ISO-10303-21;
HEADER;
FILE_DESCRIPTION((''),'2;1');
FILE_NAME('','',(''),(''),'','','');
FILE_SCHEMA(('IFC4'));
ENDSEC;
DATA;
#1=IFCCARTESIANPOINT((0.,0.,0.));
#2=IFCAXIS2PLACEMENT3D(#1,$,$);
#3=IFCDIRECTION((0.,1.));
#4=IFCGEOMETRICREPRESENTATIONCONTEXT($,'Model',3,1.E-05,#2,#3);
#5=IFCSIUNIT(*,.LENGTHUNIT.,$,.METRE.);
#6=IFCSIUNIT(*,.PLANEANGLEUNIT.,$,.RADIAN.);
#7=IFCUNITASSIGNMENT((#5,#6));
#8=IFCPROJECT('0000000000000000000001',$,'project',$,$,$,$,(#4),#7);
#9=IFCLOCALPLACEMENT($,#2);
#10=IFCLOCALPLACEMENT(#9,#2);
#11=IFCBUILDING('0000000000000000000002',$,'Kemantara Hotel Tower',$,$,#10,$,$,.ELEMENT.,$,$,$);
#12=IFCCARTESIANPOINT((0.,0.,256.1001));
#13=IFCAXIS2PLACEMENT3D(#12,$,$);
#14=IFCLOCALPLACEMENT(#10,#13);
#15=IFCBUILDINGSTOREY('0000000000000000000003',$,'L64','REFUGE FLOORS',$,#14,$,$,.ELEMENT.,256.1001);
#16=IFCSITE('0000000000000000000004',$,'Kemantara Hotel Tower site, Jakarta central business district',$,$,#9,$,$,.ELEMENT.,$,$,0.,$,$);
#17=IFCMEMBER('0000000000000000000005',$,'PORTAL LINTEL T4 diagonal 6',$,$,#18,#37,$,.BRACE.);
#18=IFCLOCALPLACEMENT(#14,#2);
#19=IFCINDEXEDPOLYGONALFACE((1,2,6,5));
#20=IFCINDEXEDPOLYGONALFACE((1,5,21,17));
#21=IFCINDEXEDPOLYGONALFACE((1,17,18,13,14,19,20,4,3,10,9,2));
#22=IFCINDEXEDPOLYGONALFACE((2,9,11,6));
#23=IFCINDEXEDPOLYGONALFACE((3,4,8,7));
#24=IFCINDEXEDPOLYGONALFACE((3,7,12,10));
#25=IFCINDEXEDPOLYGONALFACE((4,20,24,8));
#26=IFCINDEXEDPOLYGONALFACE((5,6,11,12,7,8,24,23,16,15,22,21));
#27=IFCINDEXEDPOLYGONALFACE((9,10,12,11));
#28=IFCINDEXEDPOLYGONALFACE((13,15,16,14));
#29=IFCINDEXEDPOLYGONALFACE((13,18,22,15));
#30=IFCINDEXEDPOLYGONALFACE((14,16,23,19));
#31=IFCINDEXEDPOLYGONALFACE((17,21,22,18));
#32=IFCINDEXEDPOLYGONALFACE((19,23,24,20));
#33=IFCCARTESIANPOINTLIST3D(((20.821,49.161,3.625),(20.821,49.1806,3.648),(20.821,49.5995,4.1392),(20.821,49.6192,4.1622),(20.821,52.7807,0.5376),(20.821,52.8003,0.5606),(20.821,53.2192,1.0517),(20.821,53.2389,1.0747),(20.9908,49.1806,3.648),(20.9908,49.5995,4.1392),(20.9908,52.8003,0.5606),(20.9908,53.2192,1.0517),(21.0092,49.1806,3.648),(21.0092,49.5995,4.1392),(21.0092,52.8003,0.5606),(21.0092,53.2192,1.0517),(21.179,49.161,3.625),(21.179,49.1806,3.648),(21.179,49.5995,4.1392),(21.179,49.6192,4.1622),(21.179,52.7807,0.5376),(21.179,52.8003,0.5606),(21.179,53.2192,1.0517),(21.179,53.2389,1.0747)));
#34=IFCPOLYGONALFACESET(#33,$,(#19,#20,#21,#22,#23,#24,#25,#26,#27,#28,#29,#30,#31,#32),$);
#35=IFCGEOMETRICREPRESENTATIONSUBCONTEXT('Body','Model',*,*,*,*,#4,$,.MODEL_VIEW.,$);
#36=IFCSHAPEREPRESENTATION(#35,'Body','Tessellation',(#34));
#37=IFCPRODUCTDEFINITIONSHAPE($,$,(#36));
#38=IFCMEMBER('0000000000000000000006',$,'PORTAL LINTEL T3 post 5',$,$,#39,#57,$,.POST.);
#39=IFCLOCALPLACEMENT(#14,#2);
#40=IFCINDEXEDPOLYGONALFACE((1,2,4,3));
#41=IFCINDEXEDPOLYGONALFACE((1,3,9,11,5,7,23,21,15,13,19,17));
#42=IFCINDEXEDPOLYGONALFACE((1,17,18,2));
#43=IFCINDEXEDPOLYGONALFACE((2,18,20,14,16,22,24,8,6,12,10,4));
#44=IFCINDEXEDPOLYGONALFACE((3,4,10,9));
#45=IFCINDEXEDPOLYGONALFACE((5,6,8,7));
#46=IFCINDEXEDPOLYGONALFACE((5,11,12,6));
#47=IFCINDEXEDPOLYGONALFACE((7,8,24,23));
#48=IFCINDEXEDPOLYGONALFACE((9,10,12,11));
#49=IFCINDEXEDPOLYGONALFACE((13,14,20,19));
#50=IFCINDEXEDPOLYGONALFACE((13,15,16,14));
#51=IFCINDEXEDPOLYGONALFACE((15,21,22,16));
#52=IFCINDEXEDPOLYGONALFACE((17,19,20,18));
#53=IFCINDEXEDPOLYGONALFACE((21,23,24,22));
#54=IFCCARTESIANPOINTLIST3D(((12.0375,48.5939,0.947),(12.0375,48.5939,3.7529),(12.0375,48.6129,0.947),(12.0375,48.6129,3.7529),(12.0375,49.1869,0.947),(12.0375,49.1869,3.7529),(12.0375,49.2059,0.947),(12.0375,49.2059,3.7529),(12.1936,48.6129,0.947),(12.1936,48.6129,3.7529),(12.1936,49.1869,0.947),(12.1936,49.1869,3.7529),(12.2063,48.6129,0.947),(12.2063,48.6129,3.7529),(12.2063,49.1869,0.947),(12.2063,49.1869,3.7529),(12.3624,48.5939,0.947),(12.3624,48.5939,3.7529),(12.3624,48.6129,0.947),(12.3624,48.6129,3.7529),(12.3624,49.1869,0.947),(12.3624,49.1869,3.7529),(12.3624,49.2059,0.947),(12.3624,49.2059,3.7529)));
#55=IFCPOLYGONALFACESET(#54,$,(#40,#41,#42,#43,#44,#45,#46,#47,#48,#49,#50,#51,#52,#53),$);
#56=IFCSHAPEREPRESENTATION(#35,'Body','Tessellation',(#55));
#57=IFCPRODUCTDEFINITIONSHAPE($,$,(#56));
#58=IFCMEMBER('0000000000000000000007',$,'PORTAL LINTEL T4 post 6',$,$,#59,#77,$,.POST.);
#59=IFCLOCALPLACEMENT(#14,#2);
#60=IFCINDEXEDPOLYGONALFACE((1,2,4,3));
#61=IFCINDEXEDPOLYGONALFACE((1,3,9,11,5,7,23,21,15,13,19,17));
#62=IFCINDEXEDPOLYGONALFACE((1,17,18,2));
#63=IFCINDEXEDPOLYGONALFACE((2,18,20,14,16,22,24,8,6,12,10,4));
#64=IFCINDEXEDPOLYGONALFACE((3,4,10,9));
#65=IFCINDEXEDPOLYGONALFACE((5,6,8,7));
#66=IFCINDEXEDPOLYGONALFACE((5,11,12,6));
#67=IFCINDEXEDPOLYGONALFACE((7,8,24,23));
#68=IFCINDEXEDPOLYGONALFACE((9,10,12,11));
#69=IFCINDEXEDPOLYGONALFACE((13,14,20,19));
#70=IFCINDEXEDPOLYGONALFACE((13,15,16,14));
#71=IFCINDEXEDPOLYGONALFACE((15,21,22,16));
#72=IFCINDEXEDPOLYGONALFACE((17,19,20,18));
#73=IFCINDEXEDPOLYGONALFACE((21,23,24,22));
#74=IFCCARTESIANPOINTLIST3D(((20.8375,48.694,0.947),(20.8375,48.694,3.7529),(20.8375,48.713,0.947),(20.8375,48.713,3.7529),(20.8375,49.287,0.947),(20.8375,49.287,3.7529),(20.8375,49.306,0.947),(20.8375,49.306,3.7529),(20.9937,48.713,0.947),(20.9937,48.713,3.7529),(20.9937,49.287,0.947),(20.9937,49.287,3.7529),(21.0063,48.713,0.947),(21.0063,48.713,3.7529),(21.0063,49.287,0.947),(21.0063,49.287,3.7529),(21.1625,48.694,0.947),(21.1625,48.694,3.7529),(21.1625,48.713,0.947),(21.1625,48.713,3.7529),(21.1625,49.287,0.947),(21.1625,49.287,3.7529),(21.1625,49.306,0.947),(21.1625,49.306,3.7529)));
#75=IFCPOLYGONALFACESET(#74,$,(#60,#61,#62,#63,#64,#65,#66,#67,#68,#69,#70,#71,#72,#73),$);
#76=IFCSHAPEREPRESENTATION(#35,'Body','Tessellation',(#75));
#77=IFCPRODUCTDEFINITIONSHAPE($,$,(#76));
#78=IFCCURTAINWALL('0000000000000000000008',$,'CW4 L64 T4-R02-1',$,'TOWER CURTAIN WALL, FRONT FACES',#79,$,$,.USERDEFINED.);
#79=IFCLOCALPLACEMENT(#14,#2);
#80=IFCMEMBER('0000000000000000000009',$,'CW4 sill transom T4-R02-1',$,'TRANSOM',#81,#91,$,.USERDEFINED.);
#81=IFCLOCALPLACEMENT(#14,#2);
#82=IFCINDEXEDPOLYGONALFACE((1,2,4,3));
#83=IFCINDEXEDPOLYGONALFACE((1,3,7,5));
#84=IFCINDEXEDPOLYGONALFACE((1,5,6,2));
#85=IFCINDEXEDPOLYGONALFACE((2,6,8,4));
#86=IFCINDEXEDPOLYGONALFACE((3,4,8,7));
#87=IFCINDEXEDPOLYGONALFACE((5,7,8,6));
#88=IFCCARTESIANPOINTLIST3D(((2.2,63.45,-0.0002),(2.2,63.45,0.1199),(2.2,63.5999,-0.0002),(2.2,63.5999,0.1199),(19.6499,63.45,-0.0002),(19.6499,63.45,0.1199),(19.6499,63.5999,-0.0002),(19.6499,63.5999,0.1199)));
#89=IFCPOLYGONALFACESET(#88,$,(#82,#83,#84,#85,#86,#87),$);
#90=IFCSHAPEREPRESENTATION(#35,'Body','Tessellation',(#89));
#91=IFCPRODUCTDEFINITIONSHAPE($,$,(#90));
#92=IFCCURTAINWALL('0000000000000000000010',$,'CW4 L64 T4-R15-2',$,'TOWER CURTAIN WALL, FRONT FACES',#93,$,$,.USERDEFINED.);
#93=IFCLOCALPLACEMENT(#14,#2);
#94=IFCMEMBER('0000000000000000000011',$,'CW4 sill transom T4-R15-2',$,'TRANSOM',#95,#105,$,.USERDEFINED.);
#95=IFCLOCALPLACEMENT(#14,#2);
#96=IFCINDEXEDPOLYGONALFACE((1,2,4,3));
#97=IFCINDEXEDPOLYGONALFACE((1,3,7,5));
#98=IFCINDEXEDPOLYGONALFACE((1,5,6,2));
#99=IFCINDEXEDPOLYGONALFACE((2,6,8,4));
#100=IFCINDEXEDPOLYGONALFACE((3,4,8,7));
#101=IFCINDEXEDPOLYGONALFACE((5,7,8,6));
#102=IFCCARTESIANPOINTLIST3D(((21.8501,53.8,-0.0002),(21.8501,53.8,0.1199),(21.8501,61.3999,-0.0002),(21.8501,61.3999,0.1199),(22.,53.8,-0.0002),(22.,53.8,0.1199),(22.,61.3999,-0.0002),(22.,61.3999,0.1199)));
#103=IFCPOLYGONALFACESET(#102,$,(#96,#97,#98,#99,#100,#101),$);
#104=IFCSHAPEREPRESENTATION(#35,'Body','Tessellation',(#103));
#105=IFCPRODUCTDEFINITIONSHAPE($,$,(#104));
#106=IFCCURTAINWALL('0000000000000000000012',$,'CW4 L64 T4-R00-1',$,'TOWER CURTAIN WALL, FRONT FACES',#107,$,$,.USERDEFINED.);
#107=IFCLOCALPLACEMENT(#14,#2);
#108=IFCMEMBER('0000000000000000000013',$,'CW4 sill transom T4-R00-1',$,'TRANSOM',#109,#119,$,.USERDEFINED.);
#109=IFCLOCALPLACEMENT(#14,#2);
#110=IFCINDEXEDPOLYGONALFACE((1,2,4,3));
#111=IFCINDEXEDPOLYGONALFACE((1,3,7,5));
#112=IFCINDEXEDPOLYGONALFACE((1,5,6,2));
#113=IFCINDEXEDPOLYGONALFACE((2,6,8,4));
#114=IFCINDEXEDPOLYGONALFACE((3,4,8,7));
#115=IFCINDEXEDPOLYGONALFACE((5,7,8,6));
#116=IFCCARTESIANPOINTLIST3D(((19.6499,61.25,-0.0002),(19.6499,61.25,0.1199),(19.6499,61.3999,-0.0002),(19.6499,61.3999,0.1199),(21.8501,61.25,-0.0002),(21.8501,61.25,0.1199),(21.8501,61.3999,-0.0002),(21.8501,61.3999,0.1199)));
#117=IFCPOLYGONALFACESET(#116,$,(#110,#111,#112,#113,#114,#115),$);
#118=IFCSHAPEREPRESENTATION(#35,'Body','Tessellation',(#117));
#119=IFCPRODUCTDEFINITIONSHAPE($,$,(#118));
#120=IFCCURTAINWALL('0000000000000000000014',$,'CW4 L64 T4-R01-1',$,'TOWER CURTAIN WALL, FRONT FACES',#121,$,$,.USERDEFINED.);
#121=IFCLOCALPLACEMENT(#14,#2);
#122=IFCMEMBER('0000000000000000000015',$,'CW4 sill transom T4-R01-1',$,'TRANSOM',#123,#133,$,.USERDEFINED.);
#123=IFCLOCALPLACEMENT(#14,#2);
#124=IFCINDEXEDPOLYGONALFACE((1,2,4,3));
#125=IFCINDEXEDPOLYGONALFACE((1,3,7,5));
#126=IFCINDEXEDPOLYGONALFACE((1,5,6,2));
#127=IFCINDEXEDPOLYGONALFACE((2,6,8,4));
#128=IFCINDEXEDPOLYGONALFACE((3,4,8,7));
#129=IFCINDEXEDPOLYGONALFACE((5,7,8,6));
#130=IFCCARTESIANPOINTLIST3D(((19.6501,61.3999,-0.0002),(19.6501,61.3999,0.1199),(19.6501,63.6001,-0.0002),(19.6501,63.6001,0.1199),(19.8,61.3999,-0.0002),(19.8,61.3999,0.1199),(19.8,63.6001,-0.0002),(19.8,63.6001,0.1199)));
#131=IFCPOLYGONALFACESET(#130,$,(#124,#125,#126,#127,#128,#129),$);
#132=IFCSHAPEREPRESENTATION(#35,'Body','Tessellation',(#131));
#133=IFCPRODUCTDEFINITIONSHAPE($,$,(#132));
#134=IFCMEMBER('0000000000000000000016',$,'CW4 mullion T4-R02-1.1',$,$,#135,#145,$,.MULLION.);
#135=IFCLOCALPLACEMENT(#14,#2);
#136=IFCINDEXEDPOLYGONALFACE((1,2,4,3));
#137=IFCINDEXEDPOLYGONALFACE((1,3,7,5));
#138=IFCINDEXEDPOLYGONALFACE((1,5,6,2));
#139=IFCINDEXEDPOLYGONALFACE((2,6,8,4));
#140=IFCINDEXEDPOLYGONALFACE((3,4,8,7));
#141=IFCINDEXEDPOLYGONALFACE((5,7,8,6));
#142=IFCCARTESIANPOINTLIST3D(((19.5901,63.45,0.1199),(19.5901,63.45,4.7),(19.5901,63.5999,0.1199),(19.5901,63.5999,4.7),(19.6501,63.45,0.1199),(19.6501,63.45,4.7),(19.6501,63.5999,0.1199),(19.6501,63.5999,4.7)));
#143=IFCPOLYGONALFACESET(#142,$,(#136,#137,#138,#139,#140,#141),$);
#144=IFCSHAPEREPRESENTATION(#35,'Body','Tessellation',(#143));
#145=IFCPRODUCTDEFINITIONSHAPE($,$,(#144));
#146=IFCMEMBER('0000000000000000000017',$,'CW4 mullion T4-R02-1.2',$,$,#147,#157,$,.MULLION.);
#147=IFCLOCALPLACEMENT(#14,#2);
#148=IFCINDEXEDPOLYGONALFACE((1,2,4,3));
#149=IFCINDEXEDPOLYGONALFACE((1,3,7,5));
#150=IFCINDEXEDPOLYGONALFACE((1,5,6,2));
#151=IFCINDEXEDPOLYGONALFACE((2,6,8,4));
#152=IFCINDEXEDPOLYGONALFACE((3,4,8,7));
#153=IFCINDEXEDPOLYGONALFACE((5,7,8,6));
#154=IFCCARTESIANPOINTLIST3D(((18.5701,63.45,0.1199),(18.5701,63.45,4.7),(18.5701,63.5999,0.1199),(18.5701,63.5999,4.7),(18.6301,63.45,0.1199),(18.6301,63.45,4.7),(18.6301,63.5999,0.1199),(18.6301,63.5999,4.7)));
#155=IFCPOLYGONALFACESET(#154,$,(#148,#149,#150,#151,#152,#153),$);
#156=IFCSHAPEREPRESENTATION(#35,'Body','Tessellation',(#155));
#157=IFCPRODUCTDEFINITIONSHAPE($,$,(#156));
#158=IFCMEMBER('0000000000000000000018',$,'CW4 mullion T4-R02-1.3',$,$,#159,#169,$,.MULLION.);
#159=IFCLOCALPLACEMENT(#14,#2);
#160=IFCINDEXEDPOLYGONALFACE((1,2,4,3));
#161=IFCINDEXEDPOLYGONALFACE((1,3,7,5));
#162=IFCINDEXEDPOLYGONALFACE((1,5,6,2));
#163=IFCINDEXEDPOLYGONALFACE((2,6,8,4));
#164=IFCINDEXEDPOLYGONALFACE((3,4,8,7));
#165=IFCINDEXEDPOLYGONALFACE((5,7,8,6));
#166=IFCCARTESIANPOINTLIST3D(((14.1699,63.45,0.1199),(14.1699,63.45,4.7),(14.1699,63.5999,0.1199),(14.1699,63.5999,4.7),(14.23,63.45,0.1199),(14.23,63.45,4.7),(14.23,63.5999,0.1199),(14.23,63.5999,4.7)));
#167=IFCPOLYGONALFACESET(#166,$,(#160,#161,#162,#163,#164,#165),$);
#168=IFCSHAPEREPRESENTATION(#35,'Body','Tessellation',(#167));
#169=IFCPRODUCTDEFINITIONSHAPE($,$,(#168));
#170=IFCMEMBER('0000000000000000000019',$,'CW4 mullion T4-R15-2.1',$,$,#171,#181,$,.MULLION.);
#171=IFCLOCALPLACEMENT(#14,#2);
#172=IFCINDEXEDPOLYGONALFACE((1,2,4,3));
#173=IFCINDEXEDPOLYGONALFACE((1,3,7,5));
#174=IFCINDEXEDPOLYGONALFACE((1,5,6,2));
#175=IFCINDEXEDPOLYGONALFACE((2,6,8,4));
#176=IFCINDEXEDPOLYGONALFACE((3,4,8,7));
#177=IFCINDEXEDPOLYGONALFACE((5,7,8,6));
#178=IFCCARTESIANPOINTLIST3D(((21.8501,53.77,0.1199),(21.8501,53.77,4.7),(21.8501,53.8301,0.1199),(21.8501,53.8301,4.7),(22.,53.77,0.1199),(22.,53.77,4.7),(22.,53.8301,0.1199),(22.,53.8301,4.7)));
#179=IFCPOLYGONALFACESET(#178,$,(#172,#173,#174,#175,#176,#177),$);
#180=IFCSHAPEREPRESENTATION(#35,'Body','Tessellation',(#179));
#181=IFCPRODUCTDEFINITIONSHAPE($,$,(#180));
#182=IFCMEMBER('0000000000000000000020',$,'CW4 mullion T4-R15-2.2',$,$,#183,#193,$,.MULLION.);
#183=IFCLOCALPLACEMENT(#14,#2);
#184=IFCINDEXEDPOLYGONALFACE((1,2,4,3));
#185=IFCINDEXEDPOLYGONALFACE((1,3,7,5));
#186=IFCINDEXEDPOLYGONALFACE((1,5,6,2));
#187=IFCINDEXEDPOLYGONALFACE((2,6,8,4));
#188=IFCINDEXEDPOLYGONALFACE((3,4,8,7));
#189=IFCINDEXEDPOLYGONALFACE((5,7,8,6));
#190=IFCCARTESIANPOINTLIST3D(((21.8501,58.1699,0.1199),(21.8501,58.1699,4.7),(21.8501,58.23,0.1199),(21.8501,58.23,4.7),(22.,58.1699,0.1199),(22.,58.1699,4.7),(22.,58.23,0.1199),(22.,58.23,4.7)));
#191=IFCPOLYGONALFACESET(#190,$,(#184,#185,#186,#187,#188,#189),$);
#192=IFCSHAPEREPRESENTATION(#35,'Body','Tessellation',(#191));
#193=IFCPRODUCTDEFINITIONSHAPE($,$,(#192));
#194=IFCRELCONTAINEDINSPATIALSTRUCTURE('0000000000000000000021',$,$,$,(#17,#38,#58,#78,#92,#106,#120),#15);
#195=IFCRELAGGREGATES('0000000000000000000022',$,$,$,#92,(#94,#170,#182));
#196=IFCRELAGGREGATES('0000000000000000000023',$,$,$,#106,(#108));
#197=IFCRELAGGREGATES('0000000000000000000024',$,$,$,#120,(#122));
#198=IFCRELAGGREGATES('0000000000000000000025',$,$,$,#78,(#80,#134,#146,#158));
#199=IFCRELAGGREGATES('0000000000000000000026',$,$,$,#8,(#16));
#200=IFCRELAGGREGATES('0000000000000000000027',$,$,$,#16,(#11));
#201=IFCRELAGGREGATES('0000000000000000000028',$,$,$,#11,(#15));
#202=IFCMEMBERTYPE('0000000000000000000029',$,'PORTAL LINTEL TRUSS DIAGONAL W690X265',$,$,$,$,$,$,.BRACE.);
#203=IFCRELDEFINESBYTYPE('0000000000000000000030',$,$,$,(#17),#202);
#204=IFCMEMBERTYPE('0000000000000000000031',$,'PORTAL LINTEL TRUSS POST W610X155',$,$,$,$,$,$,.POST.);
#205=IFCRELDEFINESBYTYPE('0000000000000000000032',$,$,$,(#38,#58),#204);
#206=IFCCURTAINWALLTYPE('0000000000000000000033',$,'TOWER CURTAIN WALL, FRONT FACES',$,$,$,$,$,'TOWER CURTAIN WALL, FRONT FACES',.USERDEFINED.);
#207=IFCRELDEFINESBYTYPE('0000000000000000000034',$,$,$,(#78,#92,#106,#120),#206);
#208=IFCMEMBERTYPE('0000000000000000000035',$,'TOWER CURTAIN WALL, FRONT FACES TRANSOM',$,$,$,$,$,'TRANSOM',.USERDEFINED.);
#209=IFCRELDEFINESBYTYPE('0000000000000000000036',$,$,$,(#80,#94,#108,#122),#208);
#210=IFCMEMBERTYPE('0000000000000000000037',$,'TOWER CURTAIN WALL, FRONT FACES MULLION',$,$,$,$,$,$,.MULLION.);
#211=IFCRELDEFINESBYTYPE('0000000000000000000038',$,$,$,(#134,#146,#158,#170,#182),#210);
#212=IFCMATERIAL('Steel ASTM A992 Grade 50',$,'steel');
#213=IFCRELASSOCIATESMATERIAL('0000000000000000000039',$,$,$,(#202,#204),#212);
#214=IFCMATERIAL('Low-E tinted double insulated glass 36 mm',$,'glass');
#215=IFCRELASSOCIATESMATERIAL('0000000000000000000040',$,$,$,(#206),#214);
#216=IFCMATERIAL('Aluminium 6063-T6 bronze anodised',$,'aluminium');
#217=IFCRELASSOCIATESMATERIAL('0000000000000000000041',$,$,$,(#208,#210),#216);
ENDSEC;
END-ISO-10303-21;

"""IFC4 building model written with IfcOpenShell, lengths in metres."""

from ifc_helpers import new_model, si_unit, direction, frame, origin, origin_2d, place, context, subcontext, project, spatial, rectangle, i_section, extrude, source, transform, mapped, material, material_profile, profile_set, type_object, element, aggregate, save


model = new_model("IFC4")

# Units and contexts
model_context = context("Model", 3, precision=1e-05, world=origin(), true_north=direction((0.0, 1.0)))
body_context = subcontext(model_context, "Body", "Model", "MODEL_VIEW")
ifc_project = project(units=[si_unit("LENGTHUNIT", "METRE"), si_unit("PLANEANGLEUNIT", "RADIAN")], contexts=[model_context])

# Site, building, storey
site_placement = place(None, origin())
site = spatial("IfcSite", under=ifc_project, at=site_placement, Name="Kemantara Hotel Tower site, Jakarta central business district", CompositionType="ELEMENT", RefElevation=0.0)
building_placement = place(site_placement, origin())
building = spatial("IfcBuilding", under=site, at=building_placement, Name="Kemantara Hotel Tower", CompositionType="ELEMENT")
storey_placement = place(building_placement, frame((0.0, 0.0, 256.1001)))
storey = spatial("IfcBuildingStorey", under=building, at=storey_placement, Name="L64", Description="REFUGE FLOORS", CompositionType="ELEMENT", Elevation=256.1001)

# Shared definitions
ifc_material_1 = material(Name="Steel ASTM A992 Grade 50", Category="steel")

# Members
ifc_material_profile_1 = material_profile(ifc_material_1, i_section(OverallWidth=0.3579, OverallDepth=0.7061, WebThickness=0.0183, FlangeThickness=0.0303, at=origin_2d()), Name="W690X265")
ifc_profile_set_1 = profile_set([ifc_material_profile_1], Name="Steel ASTM A992 Grade 50")
member_type_1 = type_object("IfcMemberType", Name="PORTAL LINTEL TRUSS DIAGONAL W690X265", PredefinedType="BRACE", material=ifc_profile_set_1)
member_1_placement = place(storey_placement, frame((21.0, 53.0098, 0.8062), z_axis=(0.0, -0.760826, 0.648955), x_axis=(1.0, 0.0, 0.0)))
element("IfcMember", 1, at=member_1_placement, inside=storey, type_object=member_type_1, Name="PORTAL LINTEL T4 diagonal 6", PredefinedType="BRACE", context=body_context, shape_type="SweptSolid", body=[
    extrude(i_section(OverallWidth=0.3579, OverallDepth=0.7061, WebThickness=0.0183, FlangeThickness=0.0303, at=origin_2d()), origin(), (0.0, 0.0, 1.0), 4.7576),
])
ifc_material_profile_2 = material_profile(ifc_material_1, i_section(OverallWidth=0.325, OverallDepth=0.6121, WebThickness=0.0127, FlangeThickness=0.019, at=origin_2d()), Name="W610X155")
ifc_profile_set_2 = profile_set([ifc_material_profile_2], Name="Steel ASTM A992 Grade 50")
member_type_2 = type_object("IfcMemberType", Name="PORTAL LINTEL TRUSS POST W610X155", PredefinedType="POST", material=ifc_profile_set_2)
for number, where, z_axis, x_axis, name in (
    (2, (12.2, 48.8999, 0.947), (0.0, 0.0, 1.0), (1.0, 0.0, 0.0), "PORTAL LINTEL T3 post 5"),
    (3, (21.0, 49.0, 0.947), (0.0, 0.0, 1.0), (1.0, 0.0, 0.0), "PORTAL LINTEL T4 post 6"),
):
    element("IfcMember", number, at=place(storey_placement, frame(where, z_axis=z_axis, x_axis=x_axis)), inside=storey, type_object=member_type_2, Name=name, PredefinedType="POST", context=body_context, shape_type="SweptSolid", body=[
        extrude(i_section(OverallWidth=0.325, OverallDepth=0.6121, WebThickness=0.0127, FlangeThickness=0.019, at=origin_2d()), origin(), (0.0, 0.0, 1.0), 2.8059),
    ])

# Curtain walls, members
ifc_material_2 = material(Name="Low-E tinted double insulated glass 36 mm", Category="glass")
curtain_wall_type = type_object("IfcCurtainWallType", Name="TOWER CURTAIN WALL, FRONT FACES", ElementType="TOWER CURTAIN WALL, FRONT FACES", PredefinedType="USERDEFINED", material=ifc_material_2)
curtain_wall_1_placement = place(storey_placement, origin())
curtain_wall_1 = element("IfcCurtainWall", 4, at=curtain_wall_1_placement, inside=storey, type_object=curtain_wall_type, Name="CW4 L64 T4-R02-1", ObjectType="TOWER CURTAIN WALL, FRONT FACES", PredefinedType="USERDEFINED")
ifc_material_3 = material(Name="Aluminium 6063-T6 bronze anodised", Category="aluminium")
ifc_material_profile_3 = material_profile(ifc_material_3, rectangle(XDim=0.1499, YDim=0.1201, at=origin_2d()), Name="TOWER CURTAIN WALL, FRONT FACES TRANSOM")
ifc_profile_set_3 = profile_set([ifc_material_profile_3], Name="Aluminium 6063-T6 bronze anodised")
member_type_3 = type_object("IfcMemberType", Name="TOWER CURTAIN WALL, FRONT FACES TRANSOM", ElementType="TRANSOM", PredefinedType="USERDEFINED", material=ifc_profile_set_3)
member_2_placement = place(storey_placement, frame((19.6499, 63.5249, 0.0598), z_axis=(-1.0, 0.0, 0.0), x_axis=(0.0, -1.0, 0.0)))
member_2 = element("IfcMember", 5, at=member_2_placement, type_object=member_type_3, Name="CW4 sill transom T4-R02-1", ObjectType="TRANSOM", PredefinedType="USERDEFINED", context=body_context, shape_type="SweptSolid", body=[
    extrude(rectangle(XDim=0.1499, YDim=0.1201, at=origin_2d()), origin(), (0.0, 0.0, 1.0), 17.45),
])
curtain_wall_2_placement = place(storey_placement, origin())
curtain_wall_2 = element("IfcCurtainWall", 6, at=curtain_wall_2_placement, inside=storey, type_object=curtain_wall_type, Name="CW4 L64 T4-R15-2", ObjectType="TOWER CURTAIN WALL, FRONT FACES", PredefinedType="USERDEFINED")
member_3_placement = place(storey_placement, frame((21.925, 53.8, 0.0598), z_axis=(0.0, 1.0, 0.0), x_axis=(-1.0, 0.0, 0.0)))
member_3 = element("IfcMember", 7, at=member_3_placement, type_object=member_type_3, Name="CW4 sill transom T4-R15-2", ObjectType="TRANSOM", PredefinedType="USERDEFINED", context=body_context, shape_type="SweptSolid", body=[
    extrude(rectangle(XDim=0.1499, YDim=0.1201, at=origin_2d()), origin(), (0.0, 0.0, 1.0), 7.5999),
])
curtain_wall_3_placement = place(storey_placement, origin())
curtain_wall_3 = element("IfcCurtainWall", 8, at=curtain_wall_3_placement, inside=storey, type_object=curtain_wall_type, Name="CW4 L64 T4-R00-1", ObjectType="TOWER CURTAIN WALL, FRONT FACES", PredefinedType="USERDEFINED")
member_4_placement = place(storey_placement, frame((21.8501, 61.325, 0.0598), z_axis=(-1.0, 0.0, 0.0), x_axis=(0.0, -1.0, 0.0)))
member_4 = element("IfcMember", 9, at=member_4_placement, type_object=member_type_3, Name="CW4 sill transom T4-R00-1", ObjectType="TRANSOM", PredefinedType="USERDEFINED", context=body_context, shape_type="SweptSolid", body=[
    extrude(rectangle(XDim=0.1499, YDim=0.1201, at=origin_2d()), origin(), (0.0, 0.0, 1.0), 2.2002),
])
curtain_wall_4_placement = place(storey_placement, origin())
curtain_wall_4 = element("IfcCurtainWall", 10, at=curtain_wall_4_placement, inside=storey, type_object=curtain_wall_type, Name="CW4 L64 T4-R01-1", ObjectType="TOWER CURTAIN WALL, FRONT FACES", PredefinedType="USERDEFINED")
member_5_placement = place(storey_placement, frame((19.7251, 61.3999, 0.0598), z_axis=(0.0, 1.0, 0.0), x_axis=(-1.0, 0.0, 0.0)))
member_5 = element("IfcMember", 11, at=member_5_placement, type_object=member_type_3, Name="CW4 sill transom T4-R01-1", ObjectType="TRANSOM", PredefinedType="USERDEFINED", context=body_context, shape_type="SweptSolid", body=[
    extrude(rectangle(XDim=0.1499, YDim=0.1201, at=origin_2d()), origin(), (0.0, 0.0, 1.0), 2.2002),
])

# Members
ifc_material_profile_4 = material_profile(ifc_material_3, rectangle(XDim=0.1499, YDim=0.0601, at=origin_2d()), Name="TOWER CURTAIN WALL, FRONT FACES MULLION")
ifc_profile_set_4 = profile_set([ifc_material_profile_4], Name="Aluminium 6063-T6 bronze anodised")
member_type_4 = type_object("IfcMemberType", Name="TOWER CURTAIN WALL, FRONT FACES MULLION", PredefinedType="MULLION", material=ifc_profile_set_4)
shared_shape_1 = source(origin(), body_context, "Body", "SweptSolid", [
    extrude(rectangle(XDim=0.1499, YDim=0.0601, at=origin_2d()), origin(), (0.0, 0.0, 1.0), 4.5801),
])
member_6_placement = place(storey_placement, frame((19.6201, 63.5249, 0.1199), z_axis=(0.0, 0.0, 1.0), x_axis=(0.0, -1.0, 0.0)))
member_6 = element("IfcMember", 12, at=member_6_placement, type_object=member_type_4, Name="CW4 mullion T4-R02-1.1", PredefinedType="MULLION", context=body_context, shape_type="MappedRepresentation", body=[
    mapped(shared_shape_1, transform((0.0, 0.0, 0.0))),
])
member_7_placement = place(storey_placement, frame((18.6001, 63.5249, 0.1199), z_axis=(0.0, 0.0, 1.0), x_axis=(0.0, -1.0, 0.0)))
member_7 = element("IfcMember", 13, at=member_7_placement, type_object=member_type_4, Name="CW4 mullion T4-R02-1.2", PredefinedType="MULLION", context=body_context, shape_type="MappedRepresentation", body=[
    mapped(shared_shape_1, transform((0.0, 0.0, 0.0))),
])
member_8_placement = place(storey_placement, frame((14.2, 63.5249, 0.1199), z_axis=(0.0, 0.0, 1.0), x_axis=(0.0, -1.0, 0.0)))
member_8 = element("IfcMember", 14, at=member_8_placement, type_object=member_type_4, Name="CW4 mullion T4-R02-1.3", PredefinedType="MULLION", context=body_context, shape_type="MappedRepresentation", body=[
    mapped(shared_shape_1, transform((0.0, 0.0, 0.0))),
])
member_9_placement = place(storey_placement, frame((21.925, 53.8, 0.1199), z_axis=(0.0, 0.0, 1.0), x_axis=(-1.0, 0.0, 0.0)))
member_9 = element("IfcMember", 15, at=member_9_placement, type_object=member_type_4, Name="CW4 mullion T4-R15-2.1", PredefinedType="MULLION", context=body_context, shape_type="MappedRepresentation", body=[
    mapped(shared_shape_1, transform((0.0, 0.0, 0.0))),
])
member_10_placement = place(storey_placement, frame((21.925, 58.2, 0.1199), z_axis=(0.0, 0.0, 1.0), x_axis=(-1.0, 0.0, 0.0)))
member_10 = element("IfcMember", 16, at=member_10_placement, type_object=member_type_4, Name="CW4 mullion T4-R15-2.2", PredefinedType="MULLION", context=body_context, shape_type="MappedRepresentation", body=[
    mapped(shared_shape_1, transform((0.0, 0.0, 0.0))),
])

aggregate(curtain_wall_2, [member_3, member_9, member_10])
aggregate(curtain_wall_3, [member_4])
aggregate(curtain_wall_4, [member_5])
aggregate(curtain_wall_1, [member_2, member_6, member_7, member_8])

save(model, "model.ifc")
